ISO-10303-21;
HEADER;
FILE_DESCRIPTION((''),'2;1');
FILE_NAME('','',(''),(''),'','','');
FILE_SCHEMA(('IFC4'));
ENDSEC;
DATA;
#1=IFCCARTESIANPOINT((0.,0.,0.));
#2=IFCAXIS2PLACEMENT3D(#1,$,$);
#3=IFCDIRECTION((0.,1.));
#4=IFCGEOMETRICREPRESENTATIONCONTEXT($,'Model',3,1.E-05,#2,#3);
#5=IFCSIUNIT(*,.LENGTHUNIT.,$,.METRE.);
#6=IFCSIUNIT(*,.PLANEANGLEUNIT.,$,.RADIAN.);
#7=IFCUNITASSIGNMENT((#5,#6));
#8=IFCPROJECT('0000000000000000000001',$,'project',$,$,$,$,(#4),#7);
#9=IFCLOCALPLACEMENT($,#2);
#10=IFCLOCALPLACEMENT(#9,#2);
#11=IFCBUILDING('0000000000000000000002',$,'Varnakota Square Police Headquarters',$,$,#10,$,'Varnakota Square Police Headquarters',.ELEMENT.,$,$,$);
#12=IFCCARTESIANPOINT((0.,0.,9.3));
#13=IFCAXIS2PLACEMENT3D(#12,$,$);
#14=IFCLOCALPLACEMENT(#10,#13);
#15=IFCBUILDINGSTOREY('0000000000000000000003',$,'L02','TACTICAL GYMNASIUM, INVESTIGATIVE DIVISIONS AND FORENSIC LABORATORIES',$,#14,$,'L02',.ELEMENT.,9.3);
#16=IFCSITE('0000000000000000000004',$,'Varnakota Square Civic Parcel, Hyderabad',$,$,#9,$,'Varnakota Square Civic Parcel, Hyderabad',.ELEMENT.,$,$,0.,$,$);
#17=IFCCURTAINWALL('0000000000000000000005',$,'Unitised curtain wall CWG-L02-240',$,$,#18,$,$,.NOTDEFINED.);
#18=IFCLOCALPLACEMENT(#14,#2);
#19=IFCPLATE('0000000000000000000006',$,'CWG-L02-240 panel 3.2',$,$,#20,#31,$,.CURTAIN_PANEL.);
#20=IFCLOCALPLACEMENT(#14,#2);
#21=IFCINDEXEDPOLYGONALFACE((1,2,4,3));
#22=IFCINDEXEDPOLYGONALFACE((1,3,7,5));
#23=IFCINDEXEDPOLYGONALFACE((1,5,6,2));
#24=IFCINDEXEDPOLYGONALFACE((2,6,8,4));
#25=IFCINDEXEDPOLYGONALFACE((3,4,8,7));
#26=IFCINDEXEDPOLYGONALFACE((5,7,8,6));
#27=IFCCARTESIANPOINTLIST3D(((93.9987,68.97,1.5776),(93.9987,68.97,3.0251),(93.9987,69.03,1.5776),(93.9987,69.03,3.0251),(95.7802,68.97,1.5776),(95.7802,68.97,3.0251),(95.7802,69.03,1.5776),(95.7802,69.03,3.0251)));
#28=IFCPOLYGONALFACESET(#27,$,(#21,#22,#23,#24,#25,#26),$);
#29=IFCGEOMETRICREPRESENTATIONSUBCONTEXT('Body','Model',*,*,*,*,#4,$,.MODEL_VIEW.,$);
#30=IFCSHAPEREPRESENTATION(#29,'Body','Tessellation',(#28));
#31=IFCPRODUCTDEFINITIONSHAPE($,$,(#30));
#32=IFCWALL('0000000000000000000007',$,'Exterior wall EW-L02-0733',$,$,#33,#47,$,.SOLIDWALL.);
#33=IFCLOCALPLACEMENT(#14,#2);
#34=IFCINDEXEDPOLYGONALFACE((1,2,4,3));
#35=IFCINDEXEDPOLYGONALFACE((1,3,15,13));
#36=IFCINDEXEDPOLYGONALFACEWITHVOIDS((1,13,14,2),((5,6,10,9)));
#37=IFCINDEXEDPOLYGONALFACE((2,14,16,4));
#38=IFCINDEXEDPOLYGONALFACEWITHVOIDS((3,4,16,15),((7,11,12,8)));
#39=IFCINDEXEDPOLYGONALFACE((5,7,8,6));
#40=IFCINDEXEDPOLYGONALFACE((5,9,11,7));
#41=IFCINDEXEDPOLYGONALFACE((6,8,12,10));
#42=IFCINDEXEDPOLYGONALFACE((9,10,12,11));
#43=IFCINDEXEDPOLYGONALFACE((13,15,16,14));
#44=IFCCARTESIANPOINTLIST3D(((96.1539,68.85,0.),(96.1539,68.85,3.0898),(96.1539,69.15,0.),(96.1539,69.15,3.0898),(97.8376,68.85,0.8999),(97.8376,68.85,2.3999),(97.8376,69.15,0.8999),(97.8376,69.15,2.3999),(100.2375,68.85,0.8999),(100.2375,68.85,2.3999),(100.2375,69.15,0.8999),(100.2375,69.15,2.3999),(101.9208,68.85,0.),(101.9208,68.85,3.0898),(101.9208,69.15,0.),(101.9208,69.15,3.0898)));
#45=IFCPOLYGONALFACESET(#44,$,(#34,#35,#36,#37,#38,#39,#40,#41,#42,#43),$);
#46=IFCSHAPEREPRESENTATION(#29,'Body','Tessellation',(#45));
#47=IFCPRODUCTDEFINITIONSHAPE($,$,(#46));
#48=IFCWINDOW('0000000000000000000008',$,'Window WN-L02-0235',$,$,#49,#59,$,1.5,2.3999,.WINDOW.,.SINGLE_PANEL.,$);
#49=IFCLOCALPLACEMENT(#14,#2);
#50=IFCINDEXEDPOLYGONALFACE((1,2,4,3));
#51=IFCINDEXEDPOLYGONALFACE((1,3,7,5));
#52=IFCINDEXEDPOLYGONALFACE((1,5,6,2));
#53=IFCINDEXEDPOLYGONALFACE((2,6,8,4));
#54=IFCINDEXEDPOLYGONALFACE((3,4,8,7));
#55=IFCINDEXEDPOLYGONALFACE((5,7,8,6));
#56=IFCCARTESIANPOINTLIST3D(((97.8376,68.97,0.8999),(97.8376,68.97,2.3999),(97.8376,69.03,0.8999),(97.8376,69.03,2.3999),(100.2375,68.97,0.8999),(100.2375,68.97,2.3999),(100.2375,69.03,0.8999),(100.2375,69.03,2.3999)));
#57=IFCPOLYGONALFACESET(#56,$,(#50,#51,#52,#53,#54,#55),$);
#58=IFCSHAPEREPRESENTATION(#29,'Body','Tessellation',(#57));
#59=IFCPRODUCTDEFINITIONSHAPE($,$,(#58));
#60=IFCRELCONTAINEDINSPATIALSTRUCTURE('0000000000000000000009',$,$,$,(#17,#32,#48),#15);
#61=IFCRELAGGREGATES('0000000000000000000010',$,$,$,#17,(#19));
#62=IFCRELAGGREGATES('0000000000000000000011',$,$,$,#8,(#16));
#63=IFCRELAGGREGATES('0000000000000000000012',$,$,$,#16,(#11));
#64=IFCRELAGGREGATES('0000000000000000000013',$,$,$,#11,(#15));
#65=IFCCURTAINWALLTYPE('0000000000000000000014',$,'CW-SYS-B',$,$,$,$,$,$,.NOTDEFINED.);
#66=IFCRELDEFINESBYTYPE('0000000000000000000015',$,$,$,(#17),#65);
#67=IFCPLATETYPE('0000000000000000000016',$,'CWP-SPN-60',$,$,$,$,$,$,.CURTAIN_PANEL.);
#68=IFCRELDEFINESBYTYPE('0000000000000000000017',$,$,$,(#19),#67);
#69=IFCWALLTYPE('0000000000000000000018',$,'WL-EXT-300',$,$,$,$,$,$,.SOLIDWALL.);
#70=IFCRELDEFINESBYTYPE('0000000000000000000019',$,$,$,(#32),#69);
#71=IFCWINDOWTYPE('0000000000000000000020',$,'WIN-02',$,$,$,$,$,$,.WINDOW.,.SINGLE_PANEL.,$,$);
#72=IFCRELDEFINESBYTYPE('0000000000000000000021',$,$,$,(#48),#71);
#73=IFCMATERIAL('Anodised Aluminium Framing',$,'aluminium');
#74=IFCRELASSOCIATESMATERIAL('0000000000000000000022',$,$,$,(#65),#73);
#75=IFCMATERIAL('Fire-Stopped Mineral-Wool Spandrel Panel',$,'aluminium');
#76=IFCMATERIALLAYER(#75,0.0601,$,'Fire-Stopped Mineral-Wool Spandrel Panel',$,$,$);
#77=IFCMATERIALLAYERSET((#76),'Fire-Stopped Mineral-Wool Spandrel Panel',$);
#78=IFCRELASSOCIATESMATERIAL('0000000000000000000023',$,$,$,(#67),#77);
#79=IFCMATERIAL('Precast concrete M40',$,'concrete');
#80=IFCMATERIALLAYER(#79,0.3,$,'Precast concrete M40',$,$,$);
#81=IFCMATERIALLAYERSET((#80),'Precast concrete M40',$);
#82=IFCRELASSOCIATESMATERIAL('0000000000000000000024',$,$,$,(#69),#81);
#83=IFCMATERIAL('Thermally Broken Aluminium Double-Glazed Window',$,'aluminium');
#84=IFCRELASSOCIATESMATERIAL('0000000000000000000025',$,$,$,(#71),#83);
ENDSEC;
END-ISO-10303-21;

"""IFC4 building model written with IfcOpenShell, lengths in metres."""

from ifc_helpers import new_model, si_unit, direction, frame, frame_2d, origin, origin_2d, place, context, subcontext, project, spatial, rectangle, extrude, material, layer, layer_set, type_object, element, fill, aggregate, save


model = new_model("IFC4")

# Units and contexts
model_context = context("Model", 3, precision=1e-05, world=origin(), true_north=direction((0.0, 1.0)))
body_context = subcontext(model_context, "Body", "Model", "MODEL_VIEW")
ifc_project = project(units=[si_unit("LENGTHUNIT", "METRE"), si_unit("PLANEANGLEUNIT", "RADIAN")], contexts=[model_context])

# Site, building, storey
site_placement = place(None, origin())
site = spatial("IfcSite", under=ifc_project, at=site_placement, Name="Varnakota Square Civic Parcel, Hyderabad", LongName="Varnakota Square Civic Parcel, Hyderabad", CompositionType="ELEMENT", RefElevation=0.0)
building_placement = place(site_placement, origin())
building = spatial("IfcBuilding", under=site, at=building_placement, Name="Varnakota Square Police Headquarters", LongName="Varnakota Square Police Headquarters", CompositionType="ELEMENT")
storey_placement = place(building_placement, frame((0.0, 0.0, 9.3)))
storey = spatial("IfcBuildingStorey", under=building, at=storey_placement, Name="L02", Description="TACTICAL GYMNASIUM, INVESTIGATIVE DIVISIONS AND FORENSIC LABORATORIES", LongName="L02", CompositionType="ELEMENT", Elevation=9.3)

# Curtain wall, plate
ifc_material_1 = material(Name="Anodised Aluminium Framing", Category="aluminium")
curtain_wall_type = type_object("IfcCurtainWallType", Name="CW-SYS-B", PredefinedType="NOTDEFINED", material=ifc_material_1)
curtain_wall_placement = place(storey_placement, origin())
curtain_wall = element("IfcCurtainWall", 1, at=curtain_wall_placement, inside=storey, type_object=curtain_wall_type, Name="Unitised curtain wall CWG-L02-240", PredefinedType="NOTDEFINED")
ifc_material_2 = material(Name="Fire-Stopped Mineral-Wool Spandrel Panel", Category="aluminium")
ifc_layer_1 = layer(ifc_material_2, 0.0601, Name="Fire-Stopped Mineral-Wool Spandrel Panel")
ifc_layer_set_1 = layer_set([ifc_layer_1], Name="Fire-Stopped Mineral-Wool Spandrel Panel")
plate_type_1 = type_object("IfcPlateType", Name="CWP-SPN-60", PredefinedType="CURTAIN_PANEL", material=ifc_layer_set_1)
plate_1_placement = place(storey_placement, frame((94.8894, 69.0, 1.5776), z_axis=(0.0, 0.0, 1.0), x_axis=(1.0, 0.0, 0.0)))
plate_1 = element("IfcPlate", 2, at=plate_1_placement, type_object=plate_type_1, Name="CWG-L02-240 panel 3.2", PredefinedType="CURTAIN_PANEL", context=body_context, shape_type="SweptSolid", body=[
    extrude(rectangle(XDim=1.7815, YDim=0.0601, at=origin_2d()), origin(), (0.0, 0.0, 1.0), 1.4475),
])
aggregate(curtain_wall, [plate_1])

# Wall, opening, window
ifc_material_3 = material(Name="Precast concrete M40", Category="concrete")
ifc_layer_2 = layer(ifc_material_3, 0.3, Name="Precast concrete M40")
ifc_layer_set_2 = layer_set([ifc_layer_2], Name="Precast concrete M40")
wall_type = type_object("IfcWallType", Name="WL-EXT-300", PredefinedType="SOLIDWALL", material=ifc_layer_set_2)
wall_placement = place(storey_placement, frame((96.1541, 69.0, 0.0), z_axis=(0.0, 0.0, 1.0), x_axis=(1.0, 0.0, 0.0)))
wall = element("IfcWall", 3, at=wall_placement, inside=storey, type_object=wall_type, Name="Exterior wall EW-L02-0733", PredefinedType="SOLIDWALL", context=body_context, shape_type="SweptSolid", body=[
    extrude(rectangle(XDim=5.7668, YDim=0.3, at=frame_2d((2.8833, 0.0))), origin(), (0.0, 0.0, 1.0), 3.0898),
])
opening_placement = place(wall_placement, frame((1.6836, 0.0, 0.8999)))
opening = element("IfcOpeningElement", 4, at=opening_placement, cuts=wall, PredefinedType="OPENING", context=body_context, shape_type="SweptSolid", body=[
    extrude(rectangle(XDim=2.3999, YDim=1.5, at=frame_2d((1.2, 0.75))), frame((0.0, 0.1599, 0.0), z_axis=(0.0, -1.0, 0.0), x_axis=(1.0, 0.0, 0.0)), (0.0, 0.0, 1.0), 0.3201),
])
ifc_material_4 = material(Name="Thermally Broken Aluminium Double-Glazed Window", Category="aluminium")
window_type = type_object("IfcWindowType", Name="WIN-02", PartitioningType="SINGLE_PANEL", PredefinedType="WINDOW", material=ifc_material_4)
window_placement = place(opening_placement, origin())
window = element("IfcWindow", 5, at=window_placement, inside=storey, type_object=window_type, Name="Window WN-L02-0235", OverallHeight=1.5, OverallWidth=2.3999, PartitioningType="SINGLE_PANEL", PredefinedType="WINDOW", context=body_context, shape_type="SweptSolid", body=[
    extrude(rectangle(XDim=2.3999, YDim=1.5, at=frame_2d((1.2, 0.75))), frame((0.0, 0.03, 0.0), z_axis=(0.0, -1.0, 0.0), x_axis=(1.0, 0.0, 0.0)), (0.0, 0.0, 1.0), 0.0601),
])
fill(opening, window)

save(model, "model.ifc")
